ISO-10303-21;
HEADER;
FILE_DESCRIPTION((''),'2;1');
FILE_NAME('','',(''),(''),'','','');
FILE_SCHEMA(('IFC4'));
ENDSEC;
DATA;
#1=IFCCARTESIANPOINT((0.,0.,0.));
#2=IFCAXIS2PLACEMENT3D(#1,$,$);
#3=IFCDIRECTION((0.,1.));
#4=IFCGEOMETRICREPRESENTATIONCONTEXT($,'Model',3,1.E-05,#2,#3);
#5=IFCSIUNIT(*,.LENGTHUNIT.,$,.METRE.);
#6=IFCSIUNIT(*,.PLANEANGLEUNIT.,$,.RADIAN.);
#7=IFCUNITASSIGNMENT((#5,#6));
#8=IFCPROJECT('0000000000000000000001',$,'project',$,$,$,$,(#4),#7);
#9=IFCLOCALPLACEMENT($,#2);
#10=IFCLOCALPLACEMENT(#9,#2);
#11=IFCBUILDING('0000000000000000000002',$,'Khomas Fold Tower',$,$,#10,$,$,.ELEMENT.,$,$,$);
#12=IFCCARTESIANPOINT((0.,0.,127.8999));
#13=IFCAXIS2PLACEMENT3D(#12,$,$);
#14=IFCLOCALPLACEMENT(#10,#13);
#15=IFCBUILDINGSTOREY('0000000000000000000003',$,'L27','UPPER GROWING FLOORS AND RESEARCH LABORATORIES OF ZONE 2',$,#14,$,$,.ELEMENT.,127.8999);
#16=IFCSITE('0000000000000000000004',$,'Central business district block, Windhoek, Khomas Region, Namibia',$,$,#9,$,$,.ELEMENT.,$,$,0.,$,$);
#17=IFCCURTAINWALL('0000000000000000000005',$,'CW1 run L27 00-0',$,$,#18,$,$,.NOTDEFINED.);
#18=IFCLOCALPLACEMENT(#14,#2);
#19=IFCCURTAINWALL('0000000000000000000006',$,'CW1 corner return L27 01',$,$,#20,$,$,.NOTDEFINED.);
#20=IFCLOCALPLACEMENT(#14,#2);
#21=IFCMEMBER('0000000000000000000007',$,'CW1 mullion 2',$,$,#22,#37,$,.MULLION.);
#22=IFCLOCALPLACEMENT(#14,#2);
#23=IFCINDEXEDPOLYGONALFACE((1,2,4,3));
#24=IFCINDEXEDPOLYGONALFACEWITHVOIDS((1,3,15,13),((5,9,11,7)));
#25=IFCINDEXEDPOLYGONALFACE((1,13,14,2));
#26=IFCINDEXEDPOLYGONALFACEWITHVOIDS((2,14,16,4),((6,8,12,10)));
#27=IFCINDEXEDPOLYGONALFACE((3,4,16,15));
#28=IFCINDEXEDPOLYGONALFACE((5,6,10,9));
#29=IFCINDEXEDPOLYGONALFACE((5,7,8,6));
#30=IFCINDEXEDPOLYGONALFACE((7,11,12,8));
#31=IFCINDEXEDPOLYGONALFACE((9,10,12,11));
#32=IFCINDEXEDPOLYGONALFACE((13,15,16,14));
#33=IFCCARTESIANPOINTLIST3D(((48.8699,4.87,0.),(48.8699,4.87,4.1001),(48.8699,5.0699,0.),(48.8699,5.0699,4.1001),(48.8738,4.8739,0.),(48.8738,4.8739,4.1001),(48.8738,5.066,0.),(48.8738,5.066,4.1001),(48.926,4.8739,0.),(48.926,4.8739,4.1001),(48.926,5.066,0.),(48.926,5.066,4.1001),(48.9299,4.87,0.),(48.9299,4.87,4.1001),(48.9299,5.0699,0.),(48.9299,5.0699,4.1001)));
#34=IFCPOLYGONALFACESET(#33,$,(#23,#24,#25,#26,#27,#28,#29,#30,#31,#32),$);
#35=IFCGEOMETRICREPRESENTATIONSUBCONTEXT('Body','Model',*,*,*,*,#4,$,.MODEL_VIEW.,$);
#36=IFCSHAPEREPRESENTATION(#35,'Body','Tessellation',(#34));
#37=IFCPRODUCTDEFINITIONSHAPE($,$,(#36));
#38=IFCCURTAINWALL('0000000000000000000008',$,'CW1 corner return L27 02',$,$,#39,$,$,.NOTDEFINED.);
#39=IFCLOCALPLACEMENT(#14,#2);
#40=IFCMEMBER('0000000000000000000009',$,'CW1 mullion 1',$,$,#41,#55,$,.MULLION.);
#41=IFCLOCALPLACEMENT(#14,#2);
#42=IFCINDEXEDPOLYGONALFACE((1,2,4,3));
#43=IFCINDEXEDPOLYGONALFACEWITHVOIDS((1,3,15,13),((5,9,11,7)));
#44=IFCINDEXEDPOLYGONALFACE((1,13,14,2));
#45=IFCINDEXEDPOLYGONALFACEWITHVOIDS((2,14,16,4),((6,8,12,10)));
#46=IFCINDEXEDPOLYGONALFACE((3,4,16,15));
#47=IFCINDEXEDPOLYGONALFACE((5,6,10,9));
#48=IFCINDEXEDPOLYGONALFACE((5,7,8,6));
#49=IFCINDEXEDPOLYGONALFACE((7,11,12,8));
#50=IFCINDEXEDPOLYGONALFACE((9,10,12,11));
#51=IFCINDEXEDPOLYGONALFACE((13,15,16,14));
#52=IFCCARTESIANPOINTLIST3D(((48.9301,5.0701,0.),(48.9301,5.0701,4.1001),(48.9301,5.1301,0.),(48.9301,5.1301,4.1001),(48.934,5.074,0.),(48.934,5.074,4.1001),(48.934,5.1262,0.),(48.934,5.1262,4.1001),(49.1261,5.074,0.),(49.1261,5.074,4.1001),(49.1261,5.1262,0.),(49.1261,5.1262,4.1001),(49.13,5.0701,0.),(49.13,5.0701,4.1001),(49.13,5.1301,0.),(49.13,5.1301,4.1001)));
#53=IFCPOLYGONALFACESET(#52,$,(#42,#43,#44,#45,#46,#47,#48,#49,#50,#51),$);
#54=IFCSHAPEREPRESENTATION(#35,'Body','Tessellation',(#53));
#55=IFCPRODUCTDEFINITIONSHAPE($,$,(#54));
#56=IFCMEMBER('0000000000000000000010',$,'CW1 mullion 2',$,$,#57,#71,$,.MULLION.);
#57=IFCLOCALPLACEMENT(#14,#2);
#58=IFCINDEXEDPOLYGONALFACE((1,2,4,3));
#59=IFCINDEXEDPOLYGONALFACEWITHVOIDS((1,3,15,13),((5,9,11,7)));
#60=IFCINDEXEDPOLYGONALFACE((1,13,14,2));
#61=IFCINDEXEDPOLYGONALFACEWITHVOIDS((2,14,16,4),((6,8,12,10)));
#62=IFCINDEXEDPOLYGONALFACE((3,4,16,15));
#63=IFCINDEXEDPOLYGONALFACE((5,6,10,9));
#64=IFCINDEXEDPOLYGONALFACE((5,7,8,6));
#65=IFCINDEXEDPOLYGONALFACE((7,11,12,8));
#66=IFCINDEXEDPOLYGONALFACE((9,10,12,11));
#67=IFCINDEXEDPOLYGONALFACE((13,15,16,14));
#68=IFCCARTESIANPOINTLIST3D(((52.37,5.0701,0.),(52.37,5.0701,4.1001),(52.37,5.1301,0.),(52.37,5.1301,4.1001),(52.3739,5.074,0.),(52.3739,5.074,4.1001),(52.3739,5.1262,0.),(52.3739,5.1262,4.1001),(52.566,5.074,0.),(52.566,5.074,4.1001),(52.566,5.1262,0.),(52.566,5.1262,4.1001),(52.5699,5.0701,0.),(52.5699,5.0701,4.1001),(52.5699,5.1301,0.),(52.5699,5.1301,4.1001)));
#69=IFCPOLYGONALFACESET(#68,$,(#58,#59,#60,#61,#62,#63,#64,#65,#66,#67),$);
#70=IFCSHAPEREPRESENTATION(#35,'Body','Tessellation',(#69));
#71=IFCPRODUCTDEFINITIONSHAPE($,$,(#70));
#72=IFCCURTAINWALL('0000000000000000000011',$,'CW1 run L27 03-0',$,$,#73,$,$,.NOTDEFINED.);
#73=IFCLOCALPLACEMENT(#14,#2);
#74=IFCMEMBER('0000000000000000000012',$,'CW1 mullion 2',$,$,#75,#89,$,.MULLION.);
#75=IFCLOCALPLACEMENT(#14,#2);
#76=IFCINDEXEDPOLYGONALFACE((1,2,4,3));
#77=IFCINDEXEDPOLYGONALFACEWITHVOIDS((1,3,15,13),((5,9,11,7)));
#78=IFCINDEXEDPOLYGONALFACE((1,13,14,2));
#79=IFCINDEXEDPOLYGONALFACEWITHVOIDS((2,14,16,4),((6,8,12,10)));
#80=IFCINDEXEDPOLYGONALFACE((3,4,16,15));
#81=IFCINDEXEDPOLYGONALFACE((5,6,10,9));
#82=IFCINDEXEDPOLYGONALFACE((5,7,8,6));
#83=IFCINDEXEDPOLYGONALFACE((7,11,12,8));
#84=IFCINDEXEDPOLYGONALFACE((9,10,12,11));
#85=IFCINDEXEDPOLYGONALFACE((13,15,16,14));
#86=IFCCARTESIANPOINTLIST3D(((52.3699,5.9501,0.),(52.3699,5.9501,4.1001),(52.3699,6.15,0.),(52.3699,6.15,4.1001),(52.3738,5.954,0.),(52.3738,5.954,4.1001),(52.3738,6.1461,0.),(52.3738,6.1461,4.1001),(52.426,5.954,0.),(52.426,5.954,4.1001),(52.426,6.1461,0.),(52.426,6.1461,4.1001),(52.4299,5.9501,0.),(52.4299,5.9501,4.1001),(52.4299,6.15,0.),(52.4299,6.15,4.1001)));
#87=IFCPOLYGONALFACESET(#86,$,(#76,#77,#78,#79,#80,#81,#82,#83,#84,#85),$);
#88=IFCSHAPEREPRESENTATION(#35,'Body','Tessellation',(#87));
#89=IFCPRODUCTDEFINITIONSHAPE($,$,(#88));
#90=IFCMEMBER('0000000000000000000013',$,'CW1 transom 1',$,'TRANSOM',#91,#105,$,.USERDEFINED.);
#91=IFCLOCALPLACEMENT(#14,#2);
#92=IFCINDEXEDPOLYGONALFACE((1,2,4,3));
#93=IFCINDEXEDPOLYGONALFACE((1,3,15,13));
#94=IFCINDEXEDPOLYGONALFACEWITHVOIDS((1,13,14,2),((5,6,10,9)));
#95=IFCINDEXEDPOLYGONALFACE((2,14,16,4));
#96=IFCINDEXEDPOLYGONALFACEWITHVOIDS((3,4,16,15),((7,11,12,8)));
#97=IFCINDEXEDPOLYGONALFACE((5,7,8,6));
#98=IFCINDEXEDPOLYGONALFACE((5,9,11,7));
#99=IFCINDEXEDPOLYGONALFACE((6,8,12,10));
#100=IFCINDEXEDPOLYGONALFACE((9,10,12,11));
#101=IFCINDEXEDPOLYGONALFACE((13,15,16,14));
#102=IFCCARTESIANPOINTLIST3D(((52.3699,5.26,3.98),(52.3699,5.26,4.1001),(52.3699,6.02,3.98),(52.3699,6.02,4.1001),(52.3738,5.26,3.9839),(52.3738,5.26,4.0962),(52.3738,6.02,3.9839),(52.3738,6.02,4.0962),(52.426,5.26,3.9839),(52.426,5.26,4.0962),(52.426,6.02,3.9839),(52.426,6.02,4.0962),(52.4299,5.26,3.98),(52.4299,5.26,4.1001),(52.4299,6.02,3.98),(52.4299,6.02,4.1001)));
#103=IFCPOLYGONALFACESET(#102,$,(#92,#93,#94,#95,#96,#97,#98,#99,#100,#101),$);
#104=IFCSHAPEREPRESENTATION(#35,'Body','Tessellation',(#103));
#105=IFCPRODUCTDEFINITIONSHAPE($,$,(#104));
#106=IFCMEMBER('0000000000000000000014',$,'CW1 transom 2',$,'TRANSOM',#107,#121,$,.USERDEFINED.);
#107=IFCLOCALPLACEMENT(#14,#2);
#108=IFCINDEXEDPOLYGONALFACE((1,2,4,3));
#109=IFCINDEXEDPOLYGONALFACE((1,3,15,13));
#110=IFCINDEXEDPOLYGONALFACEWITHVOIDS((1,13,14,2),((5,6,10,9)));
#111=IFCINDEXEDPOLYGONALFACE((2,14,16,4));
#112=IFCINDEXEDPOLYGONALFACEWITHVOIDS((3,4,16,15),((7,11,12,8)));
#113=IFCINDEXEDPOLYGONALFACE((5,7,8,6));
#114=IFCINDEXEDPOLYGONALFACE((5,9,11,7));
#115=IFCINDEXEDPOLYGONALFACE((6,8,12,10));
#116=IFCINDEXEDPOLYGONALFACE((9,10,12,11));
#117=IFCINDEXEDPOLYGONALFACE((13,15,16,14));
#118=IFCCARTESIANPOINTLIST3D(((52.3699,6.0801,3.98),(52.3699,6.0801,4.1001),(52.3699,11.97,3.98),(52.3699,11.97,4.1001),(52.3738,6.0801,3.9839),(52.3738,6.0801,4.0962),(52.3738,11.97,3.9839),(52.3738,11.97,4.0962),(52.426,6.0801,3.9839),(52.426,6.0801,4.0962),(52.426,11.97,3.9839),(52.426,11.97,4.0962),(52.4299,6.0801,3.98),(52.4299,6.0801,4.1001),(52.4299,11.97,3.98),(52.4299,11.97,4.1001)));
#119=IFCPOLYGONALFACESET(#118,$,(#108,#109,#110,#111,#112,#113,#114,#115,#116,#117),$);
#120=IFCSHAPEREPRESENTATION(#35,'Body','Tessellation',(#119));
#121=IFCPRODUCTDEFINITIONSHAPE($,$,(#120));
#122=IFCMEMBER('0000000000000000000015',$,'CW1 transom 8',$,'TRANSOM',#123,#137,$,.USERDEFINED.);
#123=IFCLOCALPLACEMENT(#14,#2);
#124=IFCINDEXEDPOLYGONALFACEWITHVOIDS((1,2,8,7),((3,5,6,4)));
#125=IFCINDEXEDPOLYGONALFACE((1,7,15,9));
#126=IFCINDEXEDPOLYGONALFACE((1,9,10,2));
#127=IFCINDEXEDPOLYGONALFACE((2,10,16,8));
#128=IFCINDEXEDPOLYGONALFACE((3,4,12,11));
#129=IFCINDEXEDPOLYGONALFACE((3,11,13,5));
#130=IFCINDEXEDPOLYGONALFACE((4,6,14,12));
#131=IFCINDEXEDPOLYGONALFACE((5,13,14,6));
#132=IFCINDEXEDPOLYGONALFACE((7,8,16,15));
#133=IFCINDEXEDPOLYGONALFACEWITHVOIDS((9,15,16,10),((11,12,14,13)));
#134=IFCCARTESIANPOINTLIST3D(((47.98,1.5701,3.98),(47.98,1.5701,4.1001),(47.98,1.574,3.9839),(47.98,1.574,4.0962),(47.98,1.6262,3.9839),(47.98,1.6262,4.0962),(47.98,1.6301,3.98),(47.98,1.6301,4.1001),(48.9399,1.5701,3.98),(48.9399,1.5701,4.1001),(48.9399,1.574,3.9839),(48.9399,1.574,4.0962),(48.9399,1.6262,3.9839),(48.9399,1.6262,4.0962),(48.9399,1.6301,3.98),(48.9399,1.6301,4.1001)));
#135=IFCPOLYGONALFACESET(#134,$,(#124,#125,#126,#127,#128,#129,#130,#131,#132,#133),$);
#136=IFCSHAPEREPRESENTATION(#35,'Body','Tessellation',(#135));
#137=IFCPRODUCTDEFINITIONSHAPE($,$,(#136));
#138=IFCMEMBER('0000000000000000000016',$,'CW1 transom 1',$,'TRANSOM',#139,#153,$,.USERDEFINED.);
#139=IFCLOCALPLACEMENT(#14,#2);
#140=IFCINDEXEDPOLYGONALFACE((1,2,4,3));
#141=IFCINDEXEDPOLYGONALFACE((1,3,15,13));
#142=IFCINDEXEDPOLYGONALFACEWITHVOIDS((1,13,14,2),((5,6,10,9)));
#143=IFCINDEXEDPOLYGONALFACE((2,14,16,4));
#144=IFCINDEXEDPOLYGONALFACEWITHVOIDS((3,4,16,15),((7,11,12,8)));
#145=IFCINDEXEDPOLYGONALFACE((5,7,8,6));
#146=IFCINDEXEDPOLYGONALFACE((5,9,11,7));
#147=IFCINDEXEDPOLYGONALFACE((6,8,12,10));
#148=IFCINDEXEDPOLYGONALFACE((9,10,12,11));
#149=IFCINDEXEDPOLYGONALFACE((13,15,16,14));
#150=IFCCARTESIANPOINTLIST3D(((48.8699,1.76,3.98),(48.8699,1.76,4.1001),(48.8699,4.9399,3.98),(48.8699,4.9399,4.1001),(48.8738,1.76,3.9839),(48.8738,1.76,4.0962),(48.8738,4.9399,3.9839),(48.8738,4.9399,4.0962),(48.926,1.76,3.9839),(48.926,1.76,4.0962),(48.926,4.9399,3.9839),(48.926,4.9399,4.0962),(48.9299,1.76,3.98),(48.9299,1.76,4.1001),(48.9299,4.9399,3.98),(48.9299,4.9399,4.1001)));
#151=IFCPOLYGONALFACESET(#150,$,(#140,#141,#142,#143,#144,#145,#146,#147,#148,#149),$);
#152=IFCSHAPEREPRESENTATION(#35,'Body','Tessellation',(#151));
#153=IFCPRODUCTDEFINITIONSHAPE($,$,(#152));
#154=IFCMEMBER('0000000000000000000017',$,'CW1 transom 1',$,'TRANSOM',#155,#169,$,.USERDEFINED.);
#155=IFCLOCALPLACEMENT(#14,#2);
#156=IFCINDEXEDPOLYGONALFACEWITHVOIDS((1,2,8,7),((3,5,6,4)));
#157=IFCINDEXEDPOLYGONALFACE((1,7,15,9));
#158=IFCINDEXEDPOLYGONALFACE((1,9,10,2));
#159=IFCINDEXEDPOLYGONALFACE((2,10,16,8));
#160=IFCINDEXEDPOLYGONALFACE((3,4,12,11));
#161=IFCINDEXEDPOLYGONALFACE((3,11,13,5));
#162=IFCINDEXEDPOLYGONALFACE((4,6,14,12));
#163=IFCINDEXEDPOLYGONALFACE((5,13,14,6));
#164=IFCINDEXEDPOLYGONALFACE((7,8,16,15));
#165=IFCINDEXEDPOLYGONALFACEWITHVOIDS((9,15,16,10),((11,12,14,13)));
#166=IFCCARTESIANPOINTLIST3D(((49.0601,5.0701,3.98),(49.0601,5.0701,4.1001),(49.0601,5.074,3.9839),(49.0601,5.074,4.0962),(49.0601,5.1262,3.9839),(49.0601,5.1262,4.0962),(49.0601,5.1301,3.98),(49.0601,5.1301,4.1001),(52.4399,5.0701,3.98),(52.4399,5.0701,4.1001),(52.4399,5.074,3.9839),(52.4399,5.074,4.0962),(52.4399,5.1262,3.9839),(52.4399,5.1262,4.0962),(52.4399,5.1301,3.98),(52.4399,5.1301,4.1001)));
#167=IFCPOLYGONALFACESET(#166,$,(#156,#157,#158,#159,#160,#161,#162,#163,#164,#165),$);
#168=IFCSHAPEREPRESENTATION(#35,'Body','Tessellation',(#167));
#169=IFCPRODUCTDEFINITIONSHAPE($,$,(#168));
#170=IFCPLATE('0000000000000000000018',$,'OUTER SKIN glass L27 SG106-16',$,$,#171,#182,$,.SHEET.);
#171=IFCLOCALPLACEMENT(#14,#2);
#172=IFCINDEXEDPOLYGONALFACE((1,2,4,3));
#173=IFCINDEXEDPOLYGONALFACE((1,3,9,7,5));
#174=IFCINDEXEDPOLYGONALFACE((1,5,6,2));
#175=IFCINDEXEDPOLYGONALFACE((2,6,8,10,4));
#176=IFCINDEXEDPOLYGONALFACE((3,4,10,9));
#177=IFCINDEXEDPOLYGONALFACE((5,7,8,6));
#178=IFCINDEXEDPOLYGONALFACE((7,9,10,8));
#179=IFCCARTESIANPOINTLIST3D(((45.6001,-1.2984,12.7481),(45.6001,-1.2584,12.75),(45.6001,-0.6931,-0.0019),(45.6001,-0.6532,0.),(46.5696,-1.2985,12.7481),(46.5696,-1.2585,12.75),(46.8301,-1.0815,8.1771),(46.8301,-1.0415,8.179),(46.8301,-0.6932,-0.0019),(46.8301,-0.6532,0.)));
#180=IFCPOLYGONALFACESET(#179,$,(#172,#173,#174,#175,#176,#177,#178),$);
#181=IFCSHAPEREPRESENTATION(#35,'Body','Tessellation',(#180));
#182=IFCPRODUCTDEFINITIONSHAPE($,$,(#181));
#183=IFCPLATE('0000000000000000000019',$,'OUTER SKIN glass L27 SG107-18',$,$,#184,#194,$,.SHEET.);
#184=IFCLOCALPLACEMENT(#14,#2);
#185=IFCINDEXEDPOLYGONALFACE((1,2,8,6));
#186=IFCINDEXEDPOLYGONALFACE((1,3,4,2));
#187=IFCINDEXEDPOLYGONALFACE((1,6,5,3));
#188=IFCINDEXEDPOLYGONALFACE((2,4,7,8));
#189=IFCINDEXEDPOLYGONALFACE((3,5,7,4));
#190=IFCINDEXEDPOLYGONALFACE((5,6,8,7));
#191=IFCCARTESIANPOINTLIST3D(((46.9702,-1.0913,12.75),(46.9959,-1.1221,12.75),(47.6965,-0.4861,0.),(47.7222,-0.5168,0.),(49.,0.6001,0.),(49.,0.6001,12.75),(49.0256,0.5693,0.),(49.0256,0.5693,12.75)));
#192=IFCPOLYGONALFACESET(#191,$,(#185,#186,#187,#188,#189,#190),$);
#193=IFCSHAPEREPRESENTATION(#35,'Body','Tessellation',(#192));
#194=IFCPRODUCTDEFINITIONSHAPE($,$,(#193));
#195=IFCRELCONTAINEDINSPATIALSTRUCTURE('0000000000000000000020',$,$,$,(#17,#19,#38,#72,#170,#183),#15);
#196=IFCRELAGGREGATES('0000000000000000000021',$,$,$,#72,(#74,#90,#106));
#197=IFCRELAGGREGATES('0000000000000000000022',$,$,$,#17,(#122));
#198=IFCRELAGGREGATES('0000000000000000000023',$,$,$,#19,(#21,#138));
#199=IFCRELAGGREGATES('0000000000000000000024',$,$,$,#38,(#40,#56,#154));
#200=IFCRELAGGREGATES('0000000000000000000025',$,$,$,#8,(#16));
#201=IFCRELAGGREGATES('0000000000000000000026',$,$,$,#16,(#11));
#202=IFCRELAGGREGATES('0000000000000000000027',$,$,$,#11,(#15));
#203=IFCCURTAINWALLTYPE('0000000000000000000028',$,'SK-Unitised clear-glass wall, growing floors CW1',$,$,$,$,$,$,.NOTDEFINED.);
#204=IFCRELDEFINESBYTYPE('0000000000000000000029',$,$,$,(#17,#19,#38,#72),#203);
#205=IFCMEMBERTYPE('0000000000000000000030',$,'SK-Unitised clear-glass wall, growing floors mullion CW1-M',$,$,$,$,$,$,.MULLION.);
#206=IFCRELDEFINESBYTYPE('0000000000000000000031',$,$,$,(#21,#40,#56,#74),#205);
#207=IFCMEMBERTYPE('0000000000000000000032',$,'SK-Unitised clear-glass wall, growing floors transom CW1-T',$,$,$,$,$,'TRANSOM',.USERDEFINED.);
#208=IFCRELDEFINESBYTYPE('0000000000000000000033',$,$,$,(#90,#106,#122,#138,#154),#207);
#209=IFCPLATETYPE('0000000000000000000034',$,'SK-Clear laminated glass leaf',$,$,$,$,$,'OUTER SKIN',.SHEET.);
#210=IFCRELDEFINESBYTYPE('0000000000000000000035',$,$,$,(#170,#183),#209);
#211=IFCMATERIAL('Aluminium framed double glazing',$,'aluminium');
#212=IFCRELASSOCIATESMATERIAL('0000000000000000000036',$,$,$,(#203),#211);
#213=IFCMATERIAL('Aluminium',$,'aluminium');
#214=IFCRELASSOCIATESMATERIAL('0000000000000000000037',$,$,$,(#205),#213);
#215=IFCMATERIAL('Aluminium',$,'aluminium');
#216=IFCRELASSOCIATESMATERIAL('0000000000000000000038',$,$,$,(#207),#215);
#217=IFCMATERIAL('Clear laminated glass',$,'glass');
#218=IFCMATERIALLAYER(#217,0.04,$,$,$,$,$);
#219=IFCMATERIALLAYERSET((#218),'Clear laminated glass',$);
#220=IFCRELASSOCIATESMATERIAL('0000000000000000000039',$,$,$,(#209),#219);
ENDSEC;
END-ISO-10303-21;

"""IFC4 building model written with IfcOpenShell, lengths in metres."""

from ifc_helpers import new_model, si_unit, direction, frame, origin, origin_2d, place, context, subcontext, project, spatial, polyline, hollow_rectangle, outline, extrude, source, transform, mapped, material, layer, layer_set, material_profile, profile_set, type_object, element, aggregate, save


model = new_model("IFC4")

# Units and contexts
model_context = context("Model", 3, precision=1e-05, world=origin(), true_north=direction((0.0, 1.0)))
body_context = subcontext(model_context, "Body", "Model", "MODEL_VIEW")
ifc_project = project(units=[si_unit("LENGTHUNIT", "METRE"), si_unit("PLANEANGLEUNIT", "RADIAN")], contexts=[model_context])

# Site, building, storey
site_placement = place(None, origin())
site = spatial("IfcSite", under=ifc_project, at=site_placement, Name="Central business district block, Windhoek, Khomas Region, Namibia", CompositionType="ELEMENT", RefElevation=0.0)
building_placement = place(site_placement, origin())
building = spatial("IfcBuilding", under=site, at=building_placement, Name="Khomas Fold Tower", CompositionType="ELEMENT")
storey_placement = place(building_placement, frame((0.0, 0.0, 127.8999)))
storey = spatial("IfcBuildingStorey", under=building, at=storey_placement, Name="L27", Description="UPPER GROWING FLOORS AND RESEARCH LABORATORIES OF ZONE 2", CompositionType="ELEMENT", Elevation=127.8999)

# Curtain walls, members
ifc_material_1 = material(Name="Aluminium framed double glazing", Category="aluminium")
curtain_wall_type = type_object("IfcCurtainWallType", Name="SK-Unitised clear-glass wall, growing floors CW1", PredefinedType="NOTDEFINED", material=ifc_material_1)
curtain_wall_1_placement = place(storey_placement, origin())
curtain_wall_1 = element("IfcCurtainWall", 1, at=curtain_wall_1_placement, inside=storey, type_object=curtain_wall_type, Name="CW1 run L27 00-0", PredefinedType="NOTDEFINED")
ifc_material_2 = material(Name="Aluminium", Category="aluminium")
ifc_material_profile_1 = material_profile(ifc_material_2, hollow_rectangle(XDim=0.0601, YDim=0.2, WallThickness=0.0039, at=origin_2d()), Name="SK-Unitised clear-glass wall, growing floors mullion CW1-M")
ifc_profile_set_1 = profile_set([ifc_material_profile_1], Name="Aluminium")
member_type_1 = type_object("IfcMemberType", Name="SK-Unitised clear-glass wall, growing floors mullion CW1-M", PredefinedType="MULLION", material=ifc_profile_set_1)
shared_shape_1 = source(origin(), body_context, "Body", "SweptSolid", [
    extrude(hollow_rectangle(XDim=0.0601, YDim=0.2, WallThickness=0.0039, at=origin_2d()), origin(), (0.0, 0.0, 1.0), 4.1001),
])
curtain_wall_2_placement = place(storey_placement, origin())
curtain_wall_2 = element("IfcCurtainWall", 2, at=curtain_wall_2_placement, inside=storey, type_object=curtain_wall_type, Name="CW1 corner return L27 01", PredefinedType="NOTDEFINED")
member_1_placement = place(storey_placement, frame((48.8999, 4.97, 0.0), z_axis=(0.0, 0.0, 1.0), x_axis=(-1.0, 0.0, 0.0)))
member_1 = element("IfcMember", 3, at=member_1_placement, type_object=member_type_1, Name="CW1 mullion 2", PredefinedType="MULLION", context=body_context, shape_type="MappedRepresentation", body=[
    mapped(shared_shape_1, transform((0.0, 0.0, 0.0))),
])
curtain_wall_3_placement = place(storey_placement, origin())
curtain_wall_3 = element("IfcCurtainWall", 4, at=curtain_wall_3_placement, inside=storey, type_object=curtain_wall_type, Name="CW1 corner return L27 02", PredefinedType="NOTDEFINED")
member_2_placement = place(storey_placement, frame((49.03, 5.1001, 0.0), z_axis=(0.0, 0.0, 1.0), x_axis=(0.0, 1.0, 0.0)))
member_2 = element("IfcMember", 5, at=member_2_placement, type_object=member_type_1, Name="CW1 mullion 1", PredefinedType="MULLION", context=body_context, shape_type="MappedRepresentation", body=[
    mapped(shared_shape_1, transform((0.0, 0.0, 0.0))),
])
member_3_placement = place(storey_placement, frame((52.47, 5.1001, 0.0), z_axis=(0.0, 0.0, 1.0), x_axis=(0.0, 1.0, 0.0)))
member_3 = element("IfcMember", 6, at=member_3_placement, type_object=member_type_1, Name="CW1 mullion 2", PredefinedType="MULLION", context=body_context, shape_type="MappedRepresentation", body=[
    mapped(shared_shape_1, transform((0.0, 0.0, 0.0))),
])
curtain_wall_4_placement = place(storey_placement, origin())
curtain_wall_4 = element("IfcCurtainWall", 7, at=curtain_wall_4_placement, inside=storey, type_object=curtain_wall_type, Name="CW1 run L27 03-0", PredefinedType="NOTDEFINED")
member_4_placement = place(storey_placement, frame((52.3999, 6.05, 0.0), z_axis=(0.0, 0.0, 1.0), x_axis=(-1.0, 0.0, 0.0)))
member_4 = element("IfcMember", 8, at=member_4_placement, type_object=member_type_1, Name="CW1 mullion 2", PredefinedType="MULLION", context=body_context, shape_type="MappedRepresentation", body=[
    mapped(shared_shape_1, transform((0.0, 0.0, 0.0))),
])
ifc_material_3 = material(Name="Aluminium", Category="aluminium")
ifc_material_profile_2 = material_profile(ifc_material_3, hollow_rectangle(XDim=0.0601, YDim=0.1201, WallThickness=0.0039, at=origin_2d()), Name="SK-Unitised clear-glass wall, growing floors transom CW1-T")
ifc_profile_set_2 = profile_set([ifc_material_profile_2], Name="Aluminium")
member_type_2 = type_object("IfcMemberType", Name="SK-Unitised clear-glass wall, growing floors transom CW1-T", ElementType="TRANSOM", PredefinedType="USERDEFINED", material=ifc_profile_set_2)
shared_shape_2 = source(origin(), body_context, "Body", "SweptSolid", [
    extrude(hollow_rectangle(XDim=0.0601, YDim=0.1201, WallThickness=0.0039, at=origin_2d()), origin(), (0.0, 0.0, 1.0), 0.76),
])
member_5_placement = place(storey_placement, frame((52.3999, 5.26, 4.04), z_axis=(0.0, 1.0, 0.0), x_axis=(-1.0, 0.0, 0.0)))
member_5 = element("IfcMember", 9, at=member_5_placement, type_object=member_type_2, Name="CW1 transom 1", ObjectType="TRANSOM", PredefinedType="USERDEFINED", context=body_context, shape_type="MappedRepresentation", body=[
    mapped(shared_shape_2, transform((0.0, 0.0, 0.0))),
])
shared_shape_3 = source(origin(), body_context, "Body", "SweptSolid", [
    extrude(hollow_rectangle(XDim=0.0601, YDim=0.1201, WallThickness=0.0039, at=origin_2d()), origin(), (0.0, 0.0, 1.0), 5.8899),
])
member_6_placement = place(storey_placement, frame((52.3999, 6.0801, 4.04), z_axis=(0.0, 1.0, 0.0), x_axis=(-1.0, 0.0, 0.0)))
member_6 = element("IfcMember", 10, at=member_6_placement, type_object=member_type_2, Name="CW1 transom 2", ObjectType="TRANSOM", PredefinedType="USERDEFINED", context=body_context, shape_type="MappedRepresentation", body=[
    mapped(shared_shape_3, transform((0.0, 0.0, 0.0))),
])

# Members
shared_shape_4 = source(origin(), body_context, "Body", "SweptSolid", [
    extrude(hollow_rectangle(XDim=0.0601, YDim=0.1201, WallThickness=0.0039, at=origin_2d()), origin(), (0.0, 0.0, 1.0), 0.96),
])
member_7_placement = place(storey_placement, frame((47.98, 1.6001, 4.04), z_axis=(1.0, 0.0, 0.0), x_axis=(0.0, 1.0, 0.0)))
member_7 = element("IfcMember", 11, at=member_7_placement, type_object=member_type_2, Name="CW1 transom 8", ObjectType="TRANSOM", PredefinedType="USERDEFINED", context=body_context, shape_type="MappedRepresentation", body=[
    mapped(shared_shape_4, transform((0.0, 0.0, 0.0))),
])
shared_shape_5 = source(origin(), body_context, "Body", "SweptSolid", [
    extrude(hollow_rectangle(XDim=0.0601, YDim=0.1201, WallThickness=0.0039, at=origin_2d()), origin(), (0.0, 0.0, 1.0), 3.1799),
])
member_8_placement = place(storey_placement, frame((48.8999, 1.76, 4.04), z_axis=(0.0, 1.0, 0.0), x_axis=(-1.0, 0.0, 0.0)))
member_8 = element("IfcMember", 12, at=member_8_placement, type_object=member_type_2, Name="CW1 transom 1", ObjectType="TRANSOM", PredefinedType="USERDEFINED", context=body_context, shape_type="MappedRepresentation", body=[
    mapped(shared_shape_5, transform((0.0, 0.0, 0.0))),
])
shared_shape_6 = source(origin(), body_context, "Body", "SweptSolid", [
    extrude(hollow_rectangle(XDim=0.0601, YDim=0.1201, WallThickness=0.0039, at=origin_2d()), origin(), (0.0, 0.0, 1.0), 3.3799),
])
member_9_placement = place(storey_placement, frame((49.0601, 5.1001, 4.04), z_axis=(1.0, 0.0, 0.0), x_axis=(0.0, 1.0, 0.0)))
member_9 = element("IfcMember", 13, at=member_9_placement, type_object=member_type_2, Name="CW1 transom 1", ObjectType="TRANSOM", PredefinedType="USERDEFINED", context=body_context, shape_type="MappedRepresentation", body=[
    mapped(shared_shape_6, transform((0.0, 0.0, 0.0))),
])

# Plates
ifc_material_4 = material(Name="Clear laminated glass", Category="glass")
ifc_layer_1 = layer(ifc_material_4, 0.04)
ifc_layer_set_1 = layer_set([ifc_layer_1], Name="Clear laminated glass")
plate_type_1 = type_object("IfcPlateType", Name="SK-Clear laminated glass leaf", ElementType="OUTER SKIN", PredefinedType="SHEET", material=ifc_layer_set_1)
plate_1_placement = place(storey_placement, frame((46.8301, -1.0415, 8.179), z_axis=(0.000078, 0.998875, 0.047417), x_axis=(0.0, 0.047417, -0.998875)))
element("IfcPlate", 14, at=plate_1_placement, inside=storey, type_object=plate_type_1, Name="OUTER SKIN glass L27 SG106-16", PredefinedType="SHEET", context=body_context, shape_type="SweptSolid", body=[
    extrude(outline(polyline([(0.0, 0.0), (8.1882, 0.0), (8.1882, 1.23), (-4.5762, 1.23), (-4.5762, 0.2605), (0.0, 0.0)])), origin(), (0.0, 0.0, -1.0), 0.04),
])
plate_2_placement = place(storey_placement, frame((47.7222, -0.5168, 0.0), z_axis=(0.640168, -0.768235, 0.0), x_axis=(-0.05681, -0.047339, 0.997262)))
element("IfcPlate", 15, at=plate_2_placement, inside=storey, type_object=plate_type_1, Name="OUTER SKIN glass L27 SG107-18", PredefinedType="SHEET", context=body_context, shape_type="SweptSolid", body=[
    extrude(outline(polyline([(0.0, 0.0), (12.785, 0.0), (12.5896, -2.6349), (-0.1255, -1.6921), (0.0, 0.0)])), origin(), (0.0, 0.0, -1.0), 0.04),
])

aggregate(curtain_wall_4, [member_4, member_5, member_6])
aggregate(curtain_wall_1, [member_7])
aggregate(curtain_wall_2, [member_1, member_8])
aggregate(curtain_wall_3, [member_2, member_3, member_9])

save(model, "model.ifc")
